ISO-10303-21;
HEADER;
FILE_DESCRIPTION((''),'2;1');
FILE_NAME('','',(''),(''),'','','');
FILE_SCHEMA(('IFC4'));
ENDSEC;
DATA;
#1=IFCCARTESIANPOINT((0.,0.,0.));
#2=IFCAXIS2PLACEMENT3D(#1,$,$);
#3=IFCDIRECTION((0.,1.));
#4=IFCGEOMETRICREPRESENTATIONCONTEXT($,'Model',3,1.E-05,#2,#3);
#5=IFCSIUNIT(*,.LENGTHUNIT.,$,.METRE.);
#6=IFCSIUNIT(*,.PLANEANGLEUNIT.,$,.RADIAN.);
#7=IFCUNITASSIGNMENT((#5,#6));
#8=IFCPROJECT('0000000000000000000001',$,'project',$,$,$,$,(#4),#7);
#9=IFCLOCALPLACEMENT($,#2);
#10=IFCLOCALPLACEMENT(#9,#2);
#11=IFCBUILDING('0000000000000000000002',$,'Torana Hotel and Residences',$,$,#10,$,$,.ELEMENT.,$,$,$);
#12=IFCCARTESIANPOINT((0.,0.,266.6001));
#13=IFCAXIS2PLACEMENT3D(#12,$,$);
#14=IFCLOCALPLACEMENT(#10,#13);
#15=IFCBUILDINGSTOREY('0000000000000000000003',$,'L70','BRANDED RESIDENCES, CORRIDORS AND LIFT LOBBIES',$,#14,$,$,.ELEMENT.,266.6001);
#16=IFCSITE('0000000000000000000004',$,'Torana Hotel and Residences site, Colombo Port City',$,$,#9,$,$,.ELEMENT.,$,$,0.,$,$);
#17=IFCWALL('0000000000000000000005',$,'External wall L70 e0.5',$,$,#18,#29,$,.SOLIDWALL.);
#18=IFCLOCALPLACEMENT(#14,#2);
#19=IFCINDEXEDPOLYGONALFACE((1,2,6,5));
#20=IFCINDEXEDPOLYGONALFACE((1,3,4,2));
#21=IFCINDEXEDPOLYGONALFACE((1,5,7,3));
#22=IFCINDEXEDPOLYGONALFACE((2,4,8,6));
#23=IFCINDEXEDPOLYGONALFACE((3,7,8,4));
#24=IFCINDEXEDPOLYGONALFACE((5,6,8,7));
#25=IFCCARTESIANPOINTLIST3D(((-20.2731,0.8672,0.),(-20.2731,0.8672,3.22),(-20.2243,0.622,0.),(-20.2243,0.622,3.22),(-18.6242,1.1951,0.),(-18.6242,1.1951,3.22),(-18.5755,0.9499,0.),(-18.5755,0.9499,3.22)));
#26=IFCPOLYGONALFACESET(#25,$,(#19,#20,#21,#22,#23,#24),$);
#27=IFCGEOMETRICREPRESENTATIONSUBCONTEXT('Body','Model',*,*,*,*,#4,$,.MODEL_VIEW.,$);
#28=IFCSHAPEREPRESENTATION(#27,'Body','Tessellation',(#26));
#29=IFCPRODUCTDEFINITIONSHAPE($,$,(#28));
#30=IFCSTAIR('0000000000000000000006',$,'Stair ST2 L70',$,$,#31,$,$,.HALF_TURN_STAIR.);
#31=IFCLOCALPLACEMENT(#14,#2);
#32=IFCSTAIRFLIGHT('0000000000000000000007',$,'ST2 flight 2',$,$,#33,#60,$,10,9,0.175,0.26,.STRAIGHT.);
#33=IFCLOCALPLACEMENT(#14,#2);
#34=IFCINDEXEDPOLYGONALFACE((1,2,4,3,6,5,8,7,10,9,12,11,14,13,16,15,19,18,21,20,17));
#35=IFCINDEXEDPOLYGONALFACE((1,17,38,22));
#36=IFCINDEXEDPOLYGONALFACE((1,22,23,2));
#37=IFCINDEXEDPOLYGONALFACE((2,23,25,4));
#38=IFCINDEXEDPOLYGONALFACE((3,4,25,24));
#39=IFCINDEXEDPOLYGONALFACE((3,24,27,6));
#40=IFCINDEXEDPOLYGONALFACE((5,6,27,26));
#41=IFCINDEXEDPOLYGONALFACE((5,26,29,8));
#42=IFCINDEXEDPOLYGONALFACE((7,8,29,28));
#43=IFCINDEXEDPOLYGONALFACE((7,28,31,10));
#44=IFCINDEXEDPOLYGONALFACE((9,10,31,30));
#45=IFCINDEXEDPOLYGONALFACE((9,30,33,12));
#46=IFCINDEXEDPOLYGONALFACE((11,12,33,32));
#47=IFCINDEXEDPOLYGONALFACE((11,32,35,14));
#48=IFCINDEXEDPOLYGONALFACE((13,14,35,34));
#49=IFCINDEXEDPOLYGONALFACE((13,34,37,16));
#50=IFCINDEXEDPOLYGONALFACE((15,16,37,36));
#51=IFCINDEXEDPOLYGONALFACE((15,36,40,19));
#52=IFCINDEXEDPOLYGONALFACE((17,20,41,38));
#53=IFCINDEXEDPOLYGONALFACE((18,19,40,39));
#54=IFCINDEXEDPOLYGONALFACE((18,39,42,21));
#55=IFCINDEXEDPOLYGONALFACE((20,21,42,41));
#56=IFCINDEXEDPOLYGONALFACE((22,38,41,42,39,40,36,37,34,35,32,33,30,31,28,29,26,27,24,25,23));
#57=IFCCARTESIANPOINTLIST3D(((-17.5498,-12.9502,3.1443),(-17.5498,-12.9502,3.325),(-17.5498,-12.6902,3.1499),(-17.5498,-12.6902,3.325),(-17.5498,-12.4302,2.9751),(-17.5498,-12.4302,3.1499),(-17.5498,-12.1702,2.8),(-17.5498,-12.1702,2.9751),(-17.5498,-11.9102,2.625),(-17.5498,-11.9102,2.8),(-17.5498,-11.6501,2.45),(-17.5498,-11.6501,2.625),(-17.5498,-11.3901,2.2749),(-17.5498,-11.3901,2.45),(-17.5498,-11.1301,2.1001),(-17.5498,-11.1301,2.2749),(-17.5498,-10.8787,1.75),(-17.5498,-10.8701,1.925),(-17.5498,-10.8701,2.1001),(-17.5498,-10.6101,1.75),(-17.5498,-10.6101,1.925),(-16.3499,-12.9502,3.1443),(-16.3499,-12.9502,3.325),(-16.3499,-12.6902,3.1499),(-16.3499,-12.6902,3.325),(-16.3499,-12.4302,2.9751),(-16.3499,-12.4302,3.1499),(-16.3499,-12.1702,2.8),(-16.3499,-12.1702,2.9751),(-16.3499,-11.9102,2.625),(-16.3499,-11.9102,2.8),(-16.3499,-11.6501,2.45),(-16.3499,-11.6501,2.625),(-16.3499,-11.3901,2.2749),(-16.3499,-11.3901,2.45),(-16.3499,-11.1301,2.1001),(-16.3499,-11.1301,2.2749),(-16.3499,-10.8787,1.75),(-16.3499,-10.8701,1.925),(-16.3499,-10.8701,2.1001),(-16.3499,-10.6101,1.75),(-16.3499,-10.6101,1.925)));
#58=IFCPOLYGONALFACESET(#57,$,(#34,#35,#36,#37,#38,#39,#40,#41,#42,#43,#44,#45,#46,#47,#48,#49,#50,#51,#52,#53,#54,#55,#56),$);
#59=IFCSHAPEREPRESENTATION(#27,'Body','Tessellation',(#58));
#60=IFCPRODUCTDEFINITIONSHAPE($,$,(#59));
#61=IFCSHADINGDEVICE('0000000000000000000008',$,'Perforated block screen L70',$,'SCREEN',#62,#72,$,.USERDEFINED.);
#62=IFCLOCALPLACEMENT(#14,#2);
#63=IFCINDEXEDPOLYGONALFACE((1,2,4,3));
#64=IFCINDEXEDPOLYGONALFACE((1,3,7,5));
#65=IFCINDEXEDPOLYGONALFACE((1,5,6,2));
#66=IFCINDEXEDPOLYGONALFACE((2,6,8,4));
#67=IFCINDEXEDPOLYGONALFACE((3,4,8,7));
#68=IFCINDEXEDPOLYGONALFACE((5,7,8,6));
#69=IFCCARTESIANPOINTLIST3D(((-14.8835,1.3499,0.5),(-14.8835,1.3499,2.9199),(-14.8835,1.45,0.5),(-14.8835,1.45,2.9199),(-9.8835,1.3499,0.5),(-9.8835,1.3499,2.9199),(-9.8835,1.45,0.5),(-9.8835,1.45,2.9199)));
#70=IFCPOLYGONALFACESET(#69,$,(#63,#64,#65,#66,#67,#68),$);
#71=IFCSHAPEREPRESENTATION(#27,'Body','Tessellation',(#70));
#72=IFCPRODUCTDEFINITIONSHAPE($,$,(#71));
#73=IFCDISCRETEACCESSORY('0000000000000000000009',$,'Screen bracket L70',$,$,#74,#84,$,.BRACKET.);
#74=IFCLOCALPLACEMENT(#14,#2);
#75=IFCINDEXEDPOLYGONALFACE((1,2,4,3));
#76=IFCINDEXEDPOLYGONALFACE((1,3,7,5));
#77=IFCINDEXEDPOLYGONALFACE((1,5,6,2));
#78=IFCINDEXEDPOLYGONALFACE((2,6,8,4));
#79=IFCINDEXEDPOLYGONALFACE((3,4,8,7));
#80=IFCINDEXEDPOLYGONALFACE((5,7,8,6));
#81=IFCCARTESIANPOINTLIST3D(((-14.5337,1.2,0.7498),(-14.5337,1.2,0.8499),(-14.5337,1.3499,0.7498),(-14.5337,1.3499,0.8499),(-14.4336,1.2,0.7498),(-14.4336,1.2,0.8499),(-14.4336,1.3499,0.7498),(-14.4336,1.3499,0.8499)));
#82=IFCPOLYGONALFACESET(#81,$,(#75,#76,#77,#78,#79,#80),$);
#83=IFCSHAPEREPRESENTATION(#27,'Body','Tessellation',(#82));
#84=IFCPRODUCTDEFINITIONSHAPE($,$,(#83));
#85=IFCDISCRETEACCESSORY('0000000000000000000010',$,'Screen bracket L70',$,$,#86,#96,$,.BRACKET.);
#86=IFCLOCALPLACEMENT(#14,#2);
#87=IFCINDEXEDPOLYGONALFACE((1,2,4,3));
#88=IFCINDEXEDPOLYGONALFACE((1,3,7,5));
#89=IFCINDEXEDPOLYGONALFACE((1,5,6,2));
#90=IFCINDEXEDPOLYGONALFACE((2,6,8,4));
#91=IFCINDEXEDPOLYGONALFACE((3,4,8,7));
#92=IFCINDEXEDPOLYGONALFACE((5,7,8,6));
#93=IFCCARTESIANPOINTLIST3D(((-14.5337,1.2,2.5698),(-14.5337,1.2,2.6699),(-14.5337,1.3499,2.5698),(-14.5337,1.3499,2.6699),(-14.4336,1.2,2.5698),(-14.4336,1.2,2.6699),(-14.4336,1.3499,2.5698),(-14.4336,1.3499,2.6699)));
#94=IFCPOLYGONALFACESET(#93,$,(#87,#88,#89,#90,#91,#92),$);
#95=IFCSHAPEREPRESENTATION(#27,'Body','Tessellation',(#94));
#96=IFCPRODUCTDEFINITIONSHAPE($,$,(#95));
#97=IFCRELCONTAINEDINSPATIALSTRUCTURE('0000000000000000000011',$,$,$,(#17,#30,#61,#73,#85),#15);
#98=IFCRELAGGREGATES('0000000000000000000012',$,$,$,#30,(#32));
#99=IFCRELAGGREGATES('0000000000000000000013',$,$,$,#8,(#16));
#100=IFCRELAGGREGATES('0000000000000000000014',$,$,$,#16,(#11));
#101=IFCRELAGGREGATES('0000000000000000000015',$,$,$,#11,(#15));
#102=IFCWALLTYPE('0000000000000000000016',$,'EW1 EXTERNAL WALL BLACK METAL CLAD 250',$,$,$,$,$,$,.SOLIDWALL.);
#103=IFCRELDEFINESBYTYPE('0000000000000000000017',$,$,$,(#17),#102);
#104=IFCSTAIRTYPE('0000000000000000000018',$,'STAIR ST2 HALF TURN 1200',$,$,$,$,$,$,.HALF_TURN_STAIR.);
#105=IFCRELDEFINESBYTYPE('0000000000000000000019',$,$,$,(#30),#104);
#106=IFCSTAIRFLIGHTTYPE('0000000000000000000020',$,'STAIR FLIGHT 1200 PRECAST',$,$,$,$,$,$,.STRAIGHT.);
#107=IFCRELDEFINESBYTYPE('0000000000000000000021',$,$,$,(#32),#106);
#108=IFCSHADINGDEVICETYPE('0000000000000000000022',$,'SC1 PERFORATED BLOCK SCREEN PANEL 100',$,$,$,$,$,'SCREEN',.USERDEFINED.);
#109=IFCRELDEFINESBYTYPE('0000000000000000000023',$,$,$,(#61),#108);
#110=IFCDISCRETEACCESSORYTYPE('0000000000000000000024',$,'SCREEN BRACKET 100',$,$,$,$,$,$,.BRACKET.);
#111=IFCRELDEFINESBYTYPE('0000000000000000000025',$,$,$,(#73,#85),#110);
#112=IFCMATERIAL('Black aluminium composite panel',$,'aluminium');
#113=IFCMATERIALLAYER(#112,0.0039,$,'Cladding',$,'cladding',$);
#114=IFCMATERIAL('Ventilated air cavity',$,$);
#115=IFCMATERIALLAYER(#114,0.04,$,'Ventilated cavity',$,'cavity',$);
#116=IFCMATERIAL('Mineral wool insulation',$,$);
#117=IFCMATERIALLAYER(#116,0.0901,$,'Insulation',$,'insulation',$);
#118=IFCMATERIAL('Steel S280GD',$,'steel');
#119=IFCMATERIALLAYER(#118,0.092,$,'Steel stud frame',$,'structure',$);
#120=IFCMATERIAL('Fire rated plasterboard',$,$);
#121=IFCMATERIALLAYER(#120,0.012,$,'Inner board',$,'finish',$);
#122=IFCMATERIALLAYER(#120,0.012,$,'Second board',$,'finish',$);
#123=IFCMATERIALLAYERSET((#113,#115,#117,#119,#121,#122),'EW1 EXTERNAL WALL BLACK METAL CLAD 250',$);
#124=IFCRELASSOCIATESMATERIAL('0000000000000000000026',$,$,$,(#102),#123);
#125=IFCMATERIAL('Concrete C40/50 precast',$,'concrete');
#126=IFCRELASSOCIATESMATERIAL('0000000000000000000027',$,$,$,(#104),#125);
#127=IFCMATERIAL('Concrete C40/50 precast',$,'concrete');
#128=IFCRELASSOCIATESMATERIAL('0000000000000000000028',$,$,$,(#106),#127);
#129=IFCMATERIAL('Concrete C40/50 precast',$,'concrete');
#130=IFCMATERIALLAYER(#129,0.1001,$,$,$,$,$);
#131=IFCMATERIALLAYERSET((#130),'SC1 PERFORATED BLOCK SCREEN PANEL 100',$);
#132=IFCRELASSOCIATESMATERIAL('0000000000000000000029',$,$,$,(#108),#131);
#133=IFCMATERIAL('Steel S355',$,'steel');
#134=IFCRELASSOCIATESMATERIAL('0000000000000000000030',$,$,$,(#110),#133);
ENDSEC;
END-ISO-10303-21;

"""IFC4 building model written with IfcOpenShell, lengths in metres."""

from ifc_helpers import new_model, si_unit, direction, frame, frame_2d, origin, origin_2d, place, context, subcontext, project, spatial, polyline, rectangle, outline, extrude, material, layer, layer_set, type_object, element, aggregate, save


model = new_model("IFC4")

# Units and contexts
model_context = context("Model", 3, precision=1e-05, world=origin(), true_north=direction((0.0, 1.0)))
body_context = subcontext(model_context, "Body", "Model", "MODEL_VIEW")
ifc_project = project(units=[si_unit("LENGTHUNIT", "METRE"), si_unit("PLANEANGLEUNIT", "RADIAN")], contexts=[model_context])

# Site, building, storey
site_placement = place(None, origin())
site = spatial("IfcSite", under=ifc_project, at=site_placement, Name="Torana Hotel and Residences site, Colombo Port City", CompositionType="ELEMENT", RefElevation=0.0)
building_placement = place(site_placement, origin())
building = spatial("IfcBuilding", under=site, at=building_placement, Name="Torana Hotel and Residences", CompositionType="ELEMENT")
storey_placement = place(building_placement, frame((0.0, 0.0, 266.6001)))
storey = spatial("IfcBuildingStorey", under=building, at=storey_placement, Name="L70", Description="BRANDED RESIDENCES, CORRIDORS AND LIFT LOBBIES", CompositionType="ELEMENT", Elevation=266.6001)

# Wall
ifc_material_1 = material(Name="Black aluminium composite panel", Category="aluminium")
ifc_layer_1 = layer(ifc_material_1, 0.0039, Name="Cladding", Category="cladding")
ifc_material_2 = material(Name="Ventilated air cavity")
ifc_layer_2 = layer(ifc_material_2, 0.04, Name="Ventilated cavity", Category="cavity")
ifc_material_3 = material(Name="Mineral wool insulation")
ifc_layer_3 = layer(ifc_material_3, 0.0901, Name="Insulation", Category="insulation")
ifc_material_4 = material(Name="Steel S280GD", Category="steel")
ifc_layer_4 = layer(ifc_material_4, 0.092, Name="Steel stud frame", Category="structure")
ifc_material_5 = material(Name="Fire rated plasterboard")
ifc_layer_5 = layer(ifc_material_5, 0.012, Name="Inner board", Category="finish")
ifc_layer_6 = layer(ifc_material_5, 0.012, Name="Second board", Category="finish")
ifc_layer_set_1 = layer_set([ifc_layer_1, ifc_layer_2, ifc_layer_3, ifc_layer_4, ifc_layer_5, ifc_layer_6], Name="EW1 EXTERNAL WALL BLACK METAL CLAD 250")
wall_type_1 = type_object("IfcWallType", Name="EW1 EXTERNAL WALL BLACK METAL CLAD 250", PredefinedType="SOLIDWALL", material=ifc_layer_set_1)
wall_1_placement = place(storey_placement, frame((-18.5999, 1.0725, 0.0), z_axis=(0.0, 0.0, 1.0), x_axis=(-0.980798, -0.195027, 0.0)))
element("IfcWall", 1, at=wall_1_placement, inside=storey, type_object=wall_type_1, Name="External wall L70 e0.5", PredefinedType="SOLIDWALL", context=body_context, shape_type="SweptSolid", body=[
    extrude(rectangle(XDim=1.6812, YDim=0.25, at=frame_2d((0.8406, 0.0))), origin(), (0.0, 0.0, 1.0), 3.22),
])

# Stair, stair flight
ifc_material_6 = material(Name="Concrete C40/50 precast", Category="concrete")
stair_type = type_object("IfcStairType", Name="STAIR ST2 HALF TURN 1200", PredefinedType="HALF_TURN_STAIR", material=ifc_material_6)
stair_placement = place(storey_placement, origin())
stair = element("IfcStair", 2, at=stair_placement, inside=storey, type_object=stair_type, Name="Stair ST2 L70", PredefinedType="HALF_TURN_STAIR")
ifc_material_7 = material(Name="Concrete C40/50 precast", Category="concrete")
stair_flight_type = type_object("IfcStairFlightType", Name="STAIR FLIGHT 1200 PRECAST", PredefinedType="STRAIGHT", material=ifc_material_7)
stair_flight_placement = place(storey_placement, frame((-16.95, -10.6101, 1.75), z_axis=(0.0, 0.0, 1.0), x_axis=(0.0, -1.0, 0.0)))
stair_flight = element("IfcStairFlight", 3, at=stair_flight_placement, type_object=stair_flight_type, Name="ST2 flight 2", NumberOfRisers=10, NumberOfTreads=9, PredefinedType="STRAIGHT", RiserHeight=0.175, TreadLength=0.26, context=body_context, shape_type="SweptSolid", body=[
    extrude(outline(polyline([(0.0, 0.0), (0.0, 0.175), (0.26, 0.175), (0.26, 0.3501), (0.52, 0.3501), (0.52, 0.5249), (0.78, 0.5249), (0.78, 0.7), (1.04, 0.7), (1.04, 0.875), (1.3, 0.875), (1.3, 1.05), (1.5601, 1.05), (1.5601, 1.2251), (1.8201, 1.2251), (1.8201, 1.3999), (2.0801, 1.3999), (2.0801, 1.575), (2.3401, 1.575), (2.3401, 1.75), (2.3401, 1.3943), (0.2686, 0.0), (0.0, 0.0)])), frame((0.0, 0.6001, 0.0), z_axis=(0.0, -1.0, 0.0), x_axis=(1.0, 0.0, 0.0)), (0.0, 0.0, 1.0), 1.2),
])
aggregate(stair, [stair_flight])

# Shading device
ifc_material_8 = material(Name="Concrete C40/50 precast", Category="concrete")
ifc_layer_7 = layer(ifc_material_8, 0.1001)
ifc_layer_set_2 = layer_set([ifc_layer_7], Name="SC1 PERFORATED BLOCK SCREEN PANEL 100")
shading_device_type = type_object("IfcShadingDeviceType", Name="SC1 PERFORATED BLOCK SCREEN PANEL 100", ElementType="SCREEN", PredefinedType="USERDEFINED", material=ifc_layer_set_2)
shading_device_placement = place(storey_placement, frame((-12.3835, 1.3999, 0.5), z_axis=(0.0, 0.0, 1.0), x_axis=(-1.0, 0.0, 0.0)))
element("IfcShadingDevice", 4, at=shading_device_placement, inside=storey, type_object=shading_device_type, Name="Perforated block screen L70", ObjectType="SCREEN", PredefinedType="USERDEFINED", context=body_context, shape_type="SweptSolid", body=[
    extrude(rectangle(XDim=5.0, YDim=0.1001, at=origin_2d()), origin(), (0.0, 0.0, 1.0), 2.4199),
])

# Discrete accessories
ifc_material_9 = material(Name="Steel S355", Category="steel")
discrete_accessory_type = type_object("IfcDiscreteAccessoryType", Name="SCREEN BRACKET 100", PredefinedType="BRACKET", material=ifc_material_9)
for number, where, z_axis, x_axis, name in (
    (5, (-14.4836, 1.2749, 0.7498), (0.0, 0.0, 1.0), (-1.0, 0.0, 0.0), "Screen bracket L70"),
    (6, (-14.4836, 1.2749, 2.5698), (0.0, 0.0, 1.0), (-1.0, 0.0, 0.0), "Screen bracket L70"),
):
    element("IfcDiscreteAccessory", number, at=place(storey_placement, frame(where, z_axis=z_axis, x_axis=x_axis)), inside=storey, type_object=discrete_accessory_type, Name=name, PredefinedType="BRACKET", context=body_context, shape_type="SweptSolid", body=[
        extrude(rectangle(XDim=0.1001, YDim=0.1499, at=origin_2d()), origin(), (0.0, 0.0, 1.0), 0.1001),
    ])

save(model, "model.ifc")
